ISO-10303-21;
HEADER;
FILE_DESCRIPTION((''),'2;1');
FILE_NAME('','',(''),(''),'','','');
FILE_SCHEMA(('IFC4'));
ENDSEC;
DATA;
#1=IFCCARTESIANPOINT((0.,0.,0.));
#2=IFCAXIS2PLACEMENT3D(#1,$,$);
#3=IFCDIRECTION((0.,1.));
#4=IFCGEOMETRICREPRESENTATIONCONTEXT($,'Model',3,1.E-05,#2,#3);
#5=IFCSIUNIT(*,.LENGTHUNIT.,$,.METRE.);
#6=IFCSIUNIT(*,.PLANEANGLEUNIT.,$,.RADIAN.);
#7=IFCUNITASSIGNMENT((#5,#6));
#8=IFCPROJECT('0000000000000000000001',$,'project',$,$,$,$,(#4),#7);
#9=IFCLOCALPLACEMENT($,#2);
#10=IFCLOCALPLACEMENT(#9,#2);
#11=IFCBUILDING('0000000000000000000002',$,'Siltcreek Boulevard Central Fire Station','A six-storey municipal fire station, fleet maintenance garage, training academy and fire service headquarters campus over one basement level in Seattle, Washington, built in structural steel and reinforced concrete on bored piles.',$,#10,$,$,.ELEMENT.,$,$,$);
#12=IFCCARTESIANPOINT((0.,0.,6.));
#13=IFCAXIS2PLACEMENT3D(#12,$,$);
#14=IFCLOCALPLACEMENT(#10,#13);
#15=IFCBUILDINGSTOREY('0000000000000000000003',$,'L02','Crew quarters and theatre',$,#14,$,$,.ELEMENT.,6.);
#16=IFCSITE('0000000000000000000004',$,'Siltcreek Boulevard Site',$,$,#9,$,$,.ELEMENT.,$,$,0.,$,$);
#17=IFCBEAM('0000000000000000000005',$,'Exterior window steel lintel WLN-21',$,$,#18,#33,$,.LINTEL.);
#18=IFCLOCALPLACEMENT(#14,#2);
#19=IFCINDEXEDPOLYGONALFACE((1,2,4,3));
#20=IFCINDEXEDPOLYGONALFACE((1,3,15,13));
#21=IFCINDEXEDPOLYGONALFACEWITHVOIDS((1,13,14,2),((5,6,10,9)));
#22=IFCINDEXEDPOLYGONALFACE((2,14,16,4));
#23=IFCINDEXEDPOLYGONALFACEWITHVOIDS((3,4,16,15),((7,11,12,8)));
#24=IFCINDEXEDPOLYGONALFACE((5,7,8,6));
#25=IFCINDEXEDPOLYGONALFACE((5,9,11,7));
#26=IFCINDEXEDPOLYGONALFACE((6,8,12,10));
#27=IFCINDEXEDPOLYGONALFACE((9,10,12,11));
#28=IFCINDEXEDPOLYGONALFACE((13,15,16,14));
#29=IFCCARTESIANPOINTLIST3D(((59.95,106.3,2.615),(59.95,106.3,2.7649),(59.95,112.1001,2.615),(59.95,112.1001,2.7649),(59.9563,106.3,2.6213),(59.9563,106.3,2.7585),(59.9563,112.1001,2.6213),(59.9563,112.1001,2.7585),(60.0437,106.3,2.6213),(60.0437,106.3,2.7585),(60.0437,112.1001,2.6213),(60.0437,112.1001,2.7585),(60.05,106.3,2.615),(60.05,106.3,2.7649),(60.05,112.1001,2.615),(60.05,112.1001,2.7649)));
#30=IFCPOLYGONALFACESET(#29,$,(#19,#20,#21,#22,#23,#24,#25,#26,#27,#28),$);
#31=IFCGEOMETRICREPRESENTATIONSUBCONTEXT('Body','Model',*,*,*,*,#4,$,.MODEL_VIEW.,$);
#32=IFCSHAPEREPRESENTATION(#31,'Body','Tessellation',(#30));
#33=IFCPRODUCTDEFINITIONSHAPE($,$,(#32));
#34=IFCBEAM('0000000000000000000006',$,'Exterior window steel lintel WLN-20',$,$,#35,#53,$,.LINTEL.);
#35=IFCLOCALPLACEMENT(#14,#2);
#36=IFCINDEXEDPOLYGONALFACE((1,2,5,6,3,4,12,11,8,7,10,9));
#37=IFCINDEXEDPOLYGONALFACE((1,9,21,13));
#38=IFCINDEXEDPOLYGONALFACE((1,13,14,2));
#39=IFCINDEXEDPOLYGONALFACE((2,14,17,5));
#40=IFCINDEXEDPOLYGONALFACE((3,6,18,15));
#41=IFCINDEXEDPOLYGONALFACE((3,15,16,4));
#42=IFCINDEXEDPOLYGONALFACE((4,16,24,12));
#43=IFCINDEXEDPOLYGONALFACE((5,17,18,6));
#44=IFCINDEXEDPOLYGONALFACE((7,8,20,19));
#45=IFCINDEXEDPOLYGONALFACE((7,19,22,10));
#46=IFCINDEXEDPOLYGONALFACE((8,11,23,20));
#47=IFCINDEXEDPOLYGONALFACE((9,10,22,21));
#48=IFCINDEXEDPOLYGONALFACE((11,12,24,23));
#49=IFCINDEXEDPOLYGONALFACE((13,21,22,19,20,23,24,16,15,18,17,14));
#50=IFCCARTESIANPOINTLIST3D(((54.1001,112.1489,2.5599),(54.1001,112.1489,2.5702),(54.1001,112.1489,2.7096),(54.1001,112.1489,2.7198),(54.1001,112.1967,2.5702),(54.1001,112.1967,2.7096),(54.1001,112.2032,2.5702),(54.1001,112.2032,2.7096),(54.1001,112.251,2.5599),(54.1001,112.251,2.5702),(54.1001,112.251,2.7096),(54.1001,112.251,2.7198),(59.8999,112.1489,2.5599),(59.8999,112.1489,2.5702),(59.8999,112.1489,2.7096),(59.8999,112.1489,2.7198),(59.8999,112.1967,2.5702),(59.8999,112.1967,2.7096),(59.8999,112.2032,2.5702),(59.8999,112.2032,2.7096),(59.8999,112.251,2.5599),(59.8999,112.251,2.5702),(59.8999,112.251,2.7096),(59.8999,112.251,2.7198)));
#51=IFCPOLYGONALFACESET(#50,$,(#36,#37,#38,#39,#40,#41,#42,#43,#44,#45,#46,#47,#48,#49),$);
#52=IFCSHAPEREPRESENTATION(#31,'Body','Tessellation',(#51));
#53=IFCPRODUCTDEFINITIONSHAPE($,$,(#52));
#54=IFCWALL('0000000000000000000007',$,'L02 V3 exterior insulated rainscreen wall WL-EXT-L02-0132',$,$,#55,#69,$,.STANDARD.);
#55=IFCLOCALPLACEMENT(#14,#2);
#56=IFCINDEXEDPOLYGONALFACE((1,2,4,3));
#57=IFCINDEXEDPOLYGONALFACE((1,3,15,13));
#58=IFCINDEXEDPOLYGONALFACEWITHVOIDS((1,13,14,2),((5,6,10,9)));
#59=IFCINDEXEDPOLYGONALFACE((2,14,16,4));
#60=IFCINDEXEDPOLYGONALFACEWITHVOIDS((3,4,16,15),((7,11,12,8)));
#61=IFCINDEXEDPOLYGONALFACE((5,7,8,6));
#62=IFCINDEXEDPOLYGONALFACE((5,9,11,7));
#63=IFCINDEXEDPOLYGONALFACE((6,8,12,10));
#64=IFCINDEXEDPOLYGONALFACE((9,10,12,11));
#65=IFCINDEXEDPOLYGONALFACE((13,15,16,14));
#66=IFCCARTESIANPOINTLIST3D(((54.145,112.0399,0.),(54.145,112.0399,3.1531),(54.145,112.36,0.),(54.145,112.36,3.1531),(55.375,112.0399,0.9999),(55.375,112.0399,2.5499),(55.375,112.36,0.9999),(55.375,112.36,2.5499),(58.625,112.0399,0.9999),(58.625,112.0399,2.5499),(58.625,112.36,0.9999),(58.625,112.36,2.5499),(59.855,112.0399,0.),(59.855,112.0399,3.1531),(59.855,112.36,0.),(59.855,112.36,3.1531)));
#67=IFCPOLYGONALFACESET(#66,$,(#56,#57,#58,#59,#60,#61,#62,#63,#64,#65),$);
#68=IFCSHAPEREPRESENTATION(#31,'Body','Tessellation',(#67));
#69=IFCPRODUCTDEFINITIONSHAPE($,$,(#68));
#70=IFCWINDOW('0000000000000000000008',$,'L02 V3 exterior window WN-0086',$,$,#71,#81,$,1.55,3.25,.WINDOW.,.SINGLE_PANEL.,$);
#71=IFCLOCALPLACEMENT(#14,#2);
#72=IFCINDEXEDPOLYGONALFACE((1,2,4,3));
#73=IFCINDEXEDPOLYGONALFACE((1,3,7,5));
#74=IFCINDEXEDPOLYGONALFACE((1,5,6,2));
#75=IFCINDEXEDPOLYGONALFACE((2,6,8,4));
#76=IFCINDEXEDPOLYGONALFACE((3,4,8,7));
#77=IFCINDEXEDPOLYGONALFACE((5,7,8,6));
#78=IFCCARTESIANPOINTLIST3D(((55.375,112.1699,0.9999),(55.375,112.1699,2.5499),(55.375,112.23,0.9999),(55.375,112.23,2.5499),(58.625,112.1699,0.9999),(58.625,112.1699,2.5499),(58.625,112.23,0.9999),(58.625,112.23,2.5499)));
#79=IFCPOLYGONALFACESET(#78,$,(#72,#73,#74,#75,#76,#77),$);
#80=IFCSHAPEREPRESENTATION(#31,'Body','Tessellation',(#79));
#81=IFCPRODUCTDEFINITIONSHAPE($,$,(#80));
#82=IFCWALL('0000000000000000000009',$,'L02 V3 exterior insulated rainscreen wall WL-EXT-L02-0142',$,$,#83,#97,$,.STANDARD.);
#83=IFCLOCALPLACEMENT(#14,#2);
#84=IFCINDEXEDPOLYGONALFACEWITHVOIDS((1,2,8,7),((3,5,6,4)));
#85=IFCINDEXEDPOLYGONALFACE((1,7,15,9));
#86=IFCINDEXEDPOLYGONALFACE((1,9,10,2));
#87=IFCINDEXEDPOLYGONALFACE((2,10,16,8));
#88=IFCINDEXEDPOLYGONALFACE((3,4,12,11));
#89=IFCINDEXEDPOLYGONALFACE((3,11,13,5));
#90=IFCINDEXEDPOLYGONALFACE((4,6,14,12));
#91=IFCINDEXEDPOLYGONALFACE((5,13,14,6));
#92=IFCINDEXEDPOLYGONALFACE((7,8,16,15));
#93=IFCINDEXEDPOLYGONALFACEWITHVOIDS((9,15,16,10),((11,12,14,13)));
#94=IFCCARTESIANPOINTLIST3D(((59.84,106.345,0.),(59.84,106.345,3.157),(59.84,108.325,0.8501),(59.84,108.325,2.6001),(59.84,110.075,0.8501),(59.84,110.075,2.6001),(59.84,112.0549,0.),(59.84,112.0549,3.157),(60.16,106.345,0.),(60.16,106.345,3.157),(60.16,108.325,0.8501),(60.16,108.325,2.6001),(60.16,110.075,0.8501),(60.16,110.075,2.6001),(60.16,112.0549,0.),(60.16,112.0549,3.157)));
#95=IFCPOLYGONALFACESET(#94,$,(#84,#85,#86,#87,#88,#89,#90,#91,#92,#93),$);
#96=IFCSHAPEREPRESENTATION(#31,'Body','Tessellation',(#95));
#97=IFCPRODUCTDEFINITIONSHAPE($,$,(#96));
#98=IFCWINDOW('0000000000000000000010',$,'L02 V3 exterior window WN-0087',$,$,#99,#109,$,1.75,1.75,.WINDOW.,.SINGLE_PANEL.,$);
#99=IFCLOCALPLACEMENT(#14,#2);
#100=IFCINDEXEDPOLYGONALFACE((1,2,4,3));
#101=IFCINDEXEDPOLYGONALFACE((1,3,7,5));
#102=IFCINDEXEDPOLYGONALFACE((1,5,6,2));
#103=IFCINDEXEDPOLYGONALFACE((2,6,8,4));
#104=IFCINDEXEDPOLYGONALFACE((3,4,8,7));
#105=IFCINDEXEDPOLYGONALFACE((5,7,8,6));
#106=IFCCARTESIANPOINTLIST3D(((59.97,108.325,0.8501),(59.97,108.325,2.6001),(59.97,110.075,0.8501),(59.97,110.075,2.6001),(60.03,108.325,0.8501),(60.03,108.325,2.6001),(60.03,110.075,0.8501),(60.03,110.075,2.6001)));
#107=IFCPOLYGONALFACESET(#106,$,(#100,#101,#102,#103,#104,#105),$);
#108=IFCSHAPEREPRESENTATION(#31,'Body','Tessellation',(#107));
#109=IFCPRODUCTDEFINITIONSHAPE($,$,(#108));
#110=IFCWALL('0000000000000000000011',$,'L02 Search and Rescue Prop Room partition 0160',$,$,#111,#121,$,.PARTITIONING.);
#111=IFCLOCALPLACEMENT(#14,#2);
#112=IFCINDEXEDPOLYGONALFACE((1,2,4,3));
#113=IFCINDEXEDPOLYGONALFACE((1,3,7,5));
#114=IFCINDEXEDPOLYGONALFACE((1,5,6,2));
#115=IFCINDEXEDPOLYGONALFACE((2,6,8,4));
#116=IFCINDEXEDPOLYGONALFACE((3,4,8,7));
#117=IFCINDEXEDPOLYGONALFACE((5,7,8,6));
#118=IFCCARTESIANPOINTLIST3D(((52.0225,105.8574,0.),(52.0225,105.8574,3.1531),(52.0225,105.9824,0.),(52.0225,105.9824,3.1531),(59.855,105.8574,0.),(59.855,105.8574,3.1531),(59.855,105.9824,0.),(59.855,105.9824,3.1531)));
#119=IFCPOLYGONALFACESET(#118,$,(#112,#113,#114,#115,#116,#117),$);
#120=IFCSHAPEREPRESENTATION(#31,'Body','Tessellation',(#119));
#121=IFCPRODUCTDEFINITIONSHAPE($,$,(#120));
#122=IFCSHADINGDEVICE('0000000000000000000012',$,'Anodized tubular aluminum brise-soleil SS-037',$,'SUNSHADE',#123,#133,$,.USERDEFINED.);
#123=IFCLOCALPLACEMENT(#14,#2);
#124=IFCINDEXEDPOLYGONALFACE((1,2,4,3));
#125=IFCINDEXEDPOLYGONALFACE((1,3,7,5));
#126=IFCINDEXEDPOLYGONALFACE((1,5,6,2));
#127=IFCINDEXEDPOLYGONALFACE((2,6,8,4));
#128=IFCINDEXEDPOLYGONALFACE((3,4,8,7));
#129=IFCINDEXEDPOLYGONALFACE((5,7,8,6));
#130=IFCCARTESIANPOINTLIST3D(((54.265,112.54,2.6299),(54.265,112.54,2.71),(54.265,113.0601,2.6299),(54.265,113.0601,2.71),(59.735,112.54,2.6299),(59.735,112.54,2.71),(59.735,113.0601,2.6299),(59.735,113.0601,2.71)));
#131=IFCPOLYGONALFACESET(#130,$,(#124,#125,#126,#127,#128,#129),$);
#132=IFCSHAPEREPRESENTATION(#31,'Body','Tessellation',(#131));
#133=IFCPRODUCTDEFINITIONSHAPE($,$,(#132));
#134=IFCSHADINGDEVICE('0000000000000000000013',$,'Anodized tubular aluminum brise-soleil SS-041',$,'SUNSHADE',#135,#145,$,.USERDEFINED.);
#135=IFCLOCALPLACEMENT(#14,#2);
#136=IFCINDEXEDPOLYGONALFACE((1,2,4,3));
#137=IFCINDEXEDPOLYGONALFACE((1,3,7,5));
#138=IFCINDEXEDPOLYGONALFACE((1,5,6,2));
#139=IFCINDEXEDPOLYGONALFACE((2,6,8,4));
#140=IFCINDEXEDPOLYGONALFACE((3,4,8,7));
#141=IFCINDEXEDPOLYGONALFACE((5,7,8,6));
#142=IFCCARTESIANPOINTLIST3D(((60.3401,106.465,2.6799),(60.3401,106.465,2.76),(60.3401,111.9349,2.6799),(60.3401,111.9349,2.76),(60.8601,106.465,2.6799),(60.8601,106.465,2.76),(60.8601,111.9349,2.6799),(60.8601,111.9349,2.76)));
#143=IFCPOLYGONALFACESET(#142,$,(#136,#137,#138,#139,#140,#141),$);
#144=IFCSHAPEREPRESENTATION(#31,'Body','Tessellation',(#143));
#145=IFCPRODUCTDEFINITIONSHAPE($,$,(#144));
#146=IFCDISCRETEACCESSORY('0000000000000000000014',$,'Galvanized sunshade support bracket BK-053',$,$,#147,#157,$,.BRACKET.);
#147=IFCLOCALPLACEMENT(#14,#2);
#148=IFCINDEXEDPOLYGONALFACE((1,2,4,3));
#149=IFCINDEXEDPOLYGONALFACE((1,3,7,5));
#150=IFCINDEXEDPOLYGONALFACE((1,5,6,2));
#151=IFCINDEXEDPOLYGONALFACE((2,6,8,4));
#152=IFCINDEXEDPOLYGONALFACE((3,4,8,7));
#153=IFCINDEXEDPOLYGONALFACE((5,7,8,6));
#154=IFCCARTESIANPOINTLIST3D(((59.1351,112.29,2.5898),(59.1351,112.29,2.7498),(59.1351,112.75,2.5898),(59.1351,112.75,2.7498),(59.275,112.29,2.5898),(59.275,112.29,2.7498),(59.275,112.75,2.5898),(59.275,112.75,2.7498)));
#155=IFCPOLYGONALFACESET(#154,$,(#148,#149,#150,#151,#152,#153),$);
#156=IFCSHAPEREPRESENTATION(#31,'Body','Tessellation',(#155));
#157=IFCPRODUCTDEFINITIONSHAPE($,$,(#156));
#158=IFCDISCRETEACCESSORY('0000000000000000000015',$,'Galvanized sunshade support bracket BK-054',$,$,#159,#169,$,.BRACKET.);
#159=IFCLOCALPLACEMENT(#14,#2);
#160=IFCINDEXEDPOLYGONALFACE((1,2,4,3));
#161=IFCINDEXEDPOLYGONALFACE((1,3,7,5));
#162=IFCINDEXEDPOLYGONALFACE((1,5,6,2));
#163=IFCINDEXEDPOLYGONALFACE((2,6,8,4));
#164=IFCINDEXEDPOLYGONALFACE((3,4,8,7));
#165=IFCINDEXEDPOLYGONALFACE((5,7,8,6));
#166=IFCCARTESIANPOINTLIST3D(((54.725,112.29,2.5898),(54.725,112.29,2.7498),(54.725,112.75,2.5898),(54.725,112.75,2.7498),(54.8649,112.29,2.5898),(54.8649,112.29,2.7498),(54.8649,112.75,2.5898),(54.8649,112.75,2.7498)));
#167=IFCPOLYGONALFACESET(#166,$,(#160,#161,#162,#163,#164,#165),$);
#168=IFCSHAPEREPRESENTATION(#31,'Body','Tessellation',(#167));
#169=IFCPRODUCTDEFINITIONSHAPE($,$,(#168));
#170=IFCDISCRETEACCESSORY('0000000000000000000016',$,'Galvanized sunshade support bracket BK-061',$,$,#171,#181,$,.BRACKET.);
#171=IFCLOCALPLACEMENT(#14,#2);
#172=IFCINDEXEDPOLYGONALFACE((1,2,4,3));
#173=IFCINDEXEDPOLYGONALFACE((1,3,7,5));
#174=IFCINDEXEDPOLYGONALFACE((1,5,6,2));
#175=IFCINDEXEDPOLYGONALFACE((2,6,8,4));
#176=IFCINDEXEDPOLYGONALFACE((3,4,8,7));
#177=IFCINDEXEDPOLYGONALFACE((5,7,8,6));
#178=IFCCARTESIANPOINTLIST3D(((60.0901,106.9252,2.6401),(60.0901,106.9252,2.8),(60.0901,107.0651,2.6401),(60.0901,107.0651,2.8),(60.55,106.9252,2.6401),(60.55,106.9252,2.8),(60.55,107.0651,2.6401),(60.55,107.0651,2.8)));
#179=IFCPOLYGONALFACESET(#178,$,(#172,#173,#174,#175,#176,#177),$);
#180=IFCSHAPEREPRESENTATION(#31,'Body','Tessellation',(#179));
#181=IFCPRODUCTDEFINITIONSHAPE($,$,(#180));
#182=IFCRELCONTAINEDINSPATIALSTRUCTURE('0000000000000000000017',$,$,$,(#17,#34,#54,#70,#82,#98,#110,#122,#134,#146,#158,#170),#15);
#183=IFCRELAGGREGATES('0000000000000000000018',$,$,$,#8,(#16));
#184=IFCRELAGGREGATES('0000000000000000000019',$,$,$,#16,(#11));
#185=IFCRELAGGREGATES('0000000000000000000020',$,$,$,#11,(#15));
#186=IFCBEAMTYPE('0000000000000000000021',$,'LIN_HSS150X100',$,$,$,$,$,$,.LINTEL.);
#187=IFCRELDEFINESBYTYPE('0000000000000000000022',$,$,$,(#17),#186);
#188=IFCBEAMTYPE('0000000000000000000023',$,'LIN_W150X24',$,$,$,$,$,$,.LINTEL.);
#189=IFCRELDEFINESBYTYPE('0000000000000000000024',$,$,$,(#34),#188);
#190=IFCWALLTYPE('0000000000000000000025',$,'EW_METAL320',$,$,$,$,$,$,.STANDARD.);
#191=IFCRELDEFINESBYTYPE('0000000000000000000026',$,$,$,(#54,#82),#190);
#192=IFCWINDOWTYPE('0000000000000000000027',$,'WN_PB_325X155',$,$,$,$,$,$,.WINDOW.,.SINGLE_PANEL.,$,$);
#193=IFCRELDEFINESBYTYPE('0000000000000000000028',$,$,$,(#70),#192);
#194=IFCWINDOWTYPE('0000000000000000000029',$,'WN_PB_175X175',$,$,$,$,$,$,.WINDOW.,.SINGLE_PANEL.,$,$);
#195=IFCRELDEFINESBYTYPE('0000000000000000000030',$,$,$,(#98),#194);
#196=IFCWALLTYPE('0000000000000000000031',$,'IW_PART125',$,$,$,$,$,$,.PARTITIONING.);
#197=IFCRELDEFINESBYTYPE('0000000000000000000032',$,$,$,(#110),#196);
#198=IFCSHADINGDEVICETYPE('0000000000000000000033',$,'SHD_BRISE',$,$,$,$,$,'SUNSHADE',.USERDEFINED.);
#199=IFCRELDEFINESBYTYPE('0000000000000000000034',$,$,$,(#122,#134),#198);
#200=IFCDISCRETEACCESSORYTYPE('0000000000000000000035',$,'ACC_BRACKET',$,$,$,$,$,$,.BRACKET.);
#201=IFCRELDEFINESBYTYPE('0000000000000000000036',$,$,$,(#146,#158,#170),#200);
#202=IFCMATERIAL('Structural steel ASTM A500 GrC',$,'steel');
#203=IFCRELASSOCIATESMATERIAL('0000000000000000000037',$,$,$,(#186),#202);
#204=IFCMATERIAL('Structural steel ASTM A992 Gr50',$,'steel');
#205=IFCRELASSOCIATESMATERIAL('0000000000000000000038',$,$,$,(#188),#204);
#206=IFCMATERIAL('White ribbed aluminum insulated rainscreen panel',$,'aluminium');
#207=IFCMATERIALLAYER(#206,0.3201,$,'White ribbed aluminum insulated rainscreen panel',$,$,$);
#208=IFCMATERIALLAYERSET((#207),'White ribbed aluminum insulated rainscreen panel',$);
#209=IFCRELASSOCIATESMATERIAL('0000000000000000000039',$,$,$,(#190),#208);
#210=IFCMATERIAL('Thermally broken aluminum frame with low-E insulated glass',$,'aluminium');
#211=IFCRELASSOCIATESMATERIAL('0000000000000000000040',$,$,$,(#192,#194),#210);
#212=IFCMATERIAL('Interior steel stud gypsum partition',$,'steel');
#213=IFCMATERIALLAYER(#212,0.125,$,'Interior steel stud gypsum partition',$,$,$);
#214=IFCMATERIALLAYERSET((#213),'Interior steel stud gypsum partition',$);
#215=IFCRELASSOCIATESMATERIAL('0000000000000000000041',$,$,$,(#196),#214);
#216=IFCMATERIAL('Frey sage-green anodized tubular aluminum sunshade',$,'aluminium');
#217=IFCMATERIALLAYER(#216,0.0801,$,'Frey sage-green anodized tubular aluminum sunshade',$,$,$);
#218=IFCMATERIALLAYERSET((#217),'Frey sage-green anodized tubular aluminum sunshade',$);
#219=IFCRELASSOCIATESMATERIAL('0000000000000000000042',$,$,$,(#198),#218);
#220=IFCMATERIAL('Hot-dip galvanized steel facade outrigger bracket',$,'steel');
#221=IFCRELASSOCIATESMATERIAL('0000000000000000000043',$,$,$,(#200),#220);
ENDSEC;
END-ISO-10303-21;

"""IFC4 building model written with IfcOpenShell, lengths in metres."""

from ifc_helpers import new_model, si_unit, direction, frame, frame_2d, origin, origin_2d, place, context, subcontext, project, spatial, rectangle, hollow_rectangle, i_section, extrude, material, layer, layer_set, material_profile, profile_set, type_object, element, fill, save


model = new_model("IFC4")

# Units and contexts
model_context = context("Model", 3, precision=1e-05, world=origin(), true_north=direction((0.0, 1.0)))
body_context = subcontext(model_context, "Body", "Model", "MODEL_VIEW")
ifc_project = project(units=[si_unit("LENGTHUNIT", "METRE"), si_unit("PLANEANGLEUNIT", "RADIAN")], contexts=[model_context])

# Site, building, storey
site_placement = place(None, origin())
site = spatial("IfcSite", under=ifc_project, at=site_placement, Name="Siltcreek Boulevard Site", CompositionType="ELEMENT", RefElevation=0.0)
building_placement = place(site_placement, origin())
building = spatial("IfcBuilding", under=site, at=building_placement, Name="Siltcreek Boulevard Central Fire Station", Description="A six-storey municipal fire station, fleet maintenance garage, training academy and fire service headquarters campus over one basement level in Seattle, Washington, built in structural steel and reinforced concrete on bored piles.", CompositionType="ELEMENT")
storey_placement = place(building_placement, frame((0.0, 0.0, 6.0)))
storey = spatial("IfcBuildingStorey", under=building, at=storey_placement, Name="L02", Description="Crew quarters and theatre", CompositionType="ELEMENT", Elevation=6.0)

# Shared definitions
ifc_material_1 = material(Name="Structural steel ASTM A992 Gr50", Category="steel")

# Beams
ifc_material_2 = material(Name="Structural steel ASTM A500 GrC", Category="steel")
ifc_material_profile_1 = material_profile(ifc_material_2, hollow_rectangle(XDim=0.1001, YDim=0.1499, WallThickness=0.0063, at=origin_2d()), Name="HSS150X100X6.4")
ifc_profile_set_1 = profile_set([ifc_material_profile_1], Name="Structural steel ASTM A500 GrC")
beam_type_1 = type_object("IfcBeamType", Name="LIN_HSS150X100", PredefinedType="LINTEL", material=ifc_profile_set_1)
beam_1_placement = place(storey_placement, frame((60.0, 106.3, 2.6899), z_axis=(0.0, 1.0, 0.0), x_axis=(-1.0, 0.0, 0.0)))
element("IfcBeam", 1, at=beam_1_placement, inside=storey, type_object=beam_type_1, Name="Exterior window steel lintel WLN-21", PredefinedType="LINTEL", context=body_context, shape_type="SweptSolid", body=[
    extrude(hollow_rectangle(XDim=0.1001, YDim=0.1499, WallThickness=0.0063, at=origin_2d()), origin(), (0.0, 0.0, 1.0), 5.8),
])
ifc_material_profile_2 = material_profile(ifc_material_1, i_section(OverallWidth=0.1021, OverallDepth=0.1599, WebThickness=0.0066, FlangeThickness=0.0103, at=origin_2d()), Name="W150X24")
ifc_profile_set_2 = profile_set([ifc_material_profile_2], Name="Structural steel ASTM A992 Gr50")
beam_type_2 = type_object("IfcBeamType", Name="LIN_W150X24", PredefinedType="LINTEL", material=ifc_profile_set_2)
beam_2_placement = place(storey_placement, frame((59.8999, 112.2, 2.6399), z_axis=(-1.0, 0.0, 0.0), x_axis=(0.0, -1.0, 0.0)))
element("IfcBeam", 2, at=beam_2_placement, inside=storey, type_object=beam_type_2, Name="Exterior window steel lintel WLN-20", PredefinedType="LINTEL", context=body_context, shape_type="SweptSolid", body=[
    extrude(i_section(OverallWidth=0.1021, OverallDepth=0.1599, WebThickness=0.0066, FlangeThickness=0.0103, at=origin_2d()), origin(), (0.0, 0.0, 1.0), 5.7998),
])

# Walls, openings, windows
ifc_material_3 = material(Name="White ribbed aluminum insulated rainscreen panel", Category="aluminium")
ifc_layer_1 = layer(ifc_material_3, 0.3201, Name="White ribbed aluminum insulated rainscreen panel")
ifc_layer_set_1 = layer_set([ifc_layer_1], Name="White ribbed aluminum insulated rainscreen panel")
wall_type_1 = type_object("IfcWallType", Name="EW_METAL320", PredefinedType="STANDARD", material=ifc_layer_set_1)
wall_1_placement = place(storey_placement, frame((59.855, 112.2, 0.0), z_axis=(0.0, 0.0, 1.0), x_axis=(-1.0, 0.0, 0.0)))
wall_1 = element("IfcWall", 3, at=wall_1_placement, inside=storey, type_object=wall_type_1, Name="L02 V3 exterior insulated rainscreen wall WL-EXT-L02-0132", PredefinedType="STANDARD", context=body_context, shape_type="SweptSolid", body=[
    extrude(rectangle(XDim=5.71, YDim=0.3201, at=frame_2d((2.855, 0.0))), origin(), (0.0, 0.0, 1.0), 3.1531),
])
opening_1_placement = place(wall_1_placement, frame((1.23, 0.0, 1.0)))
opening_1 = element("IfcOpeningElement", 4, at=opening_1_placement, cuts=wall_1, PredefinedType="OPENING", context=body_context, shape_type="SweptSolid", body=[
    extrude(rectangle(XDim=3.25, YDim=1.55, at=frame_2d((1.625, 0.7749))), frame((0.0, 0.1699, 0.0), z_axis=(0.0, -1.0, 0.0), x_axis=(1.0, 0.0, 0.0)), (0.0, 0.0, 1.0), 0.3401),
])
ifc_material_4 = material(Name="Thermally broken aluminum frame with low-E insulated glass", Category="aluminium")
window_type_1 = type_object("IfcWindowType", Name="WN_PB_325X155", PartitioningType="SINGLE_PANEL", PredefinedType="WINDOW", material=ifc_material_4)
window_1_placement = place(opening_1_placement, origin())
window_1 = element("IfcWindow", 5, at=window_1_placement, inside=storey, type_object=window_type_1, Name="L02 V3 exterior window WN-0086", OverallHeight=1.55, OverallWidth=3.25, PartitioningType="SINGLE_PANEL", PredefinedType="WINDOW", context=body_context, shape_type="SweptSolid", body=[
    extrude(rectangle(XDim=3.25, YDim=1.55, at=frame_2d((1.625, 0.7749))), frame((0.0, 0.03, 0.0), z_axis=(0.0, -1.0, 0.0), x_axis=(1.0, 0.0, 0.0)), (0.0, 0.0, 1.0), 0.0601),
])
fill(opening_1, window_1)
wall_2_placement = place(storey_placement, frame((60.0, 106.345, 0.0), z_axis=(0.0, 0.0, 1.0), x_axis=(0.0, 1.0, 0.0)))
wall_2 = element("IfcWall", 6, at=wall_2_placement, inside=storey, type_object=wall_type_1, Name="L02 V3 exterior insulated rainscreen wall WL-EXT-L02-0142", PredefinedType="STANDARD", context=body_context, shape_type="SweptSolid", body=[
    extrude(rectangle(XDim=5.71, YDim=0.3201, at=frame_2d((2.855, 0.0))), origin(), (0.0, 0.0, 1.0), 3.157),
])
opening_2_placement = place(wall_2_placement, frame((1.98, 0.0, 0.8501)))
opening_2 = element("IfcOpeningElement", 7, at=opening_2_placement, cuts=wall_2, PredefinedType="OPENING", context=body_context, shape_type="SweptSolid", body=[
    extrude(rectangle(XDim=1.75, YDim=1.75, at=frame_2d((0.875, 0.875))), frame((0.0, 0.1699, 0.0), z_axis=(0.0, -1.0, 0.0), x_axis=(1.0, 0.0, 0.0)), (0.0, 0.0, 1.0), 0.3401),
])
window_type_2 = type_object("IfcWindowType", Name="WN_PB_175X175", PartitioningType="SINGLE_PANEL", PredefinedType="WINDOW", material=ifc_material_4)
window_2_placement = place(opening_2_placement, origin())
window_2 = element("IfcWindow", 8, at=window_2_placement, inside=storey, type_object=window_type_2, Name="L02 V3 exterior window WN-0087", OverallHeight=1.75, OverallWidth=1.75, PartitioningType="SINGLE_PANEL", PredefinedType="WINDOW", context=body_context, shape_type="SweptSolid", body=[
    extrude(rectangle(XDim=1.75, YDim=1.75, at=frame_2d((0.875, 0.875))), frame((0.0, 0.03, 0.0), z_axis=(0.0, -1.0, 0.0), x_axis=(1.0, 0.0, 0.0)), (0.0, 0.0, 1.0), 0.0601),
])
fill(opening_2, window_2)

# Wall
ifc_material_5 = material(Name="Interior steel stud gypsum partition", Category="steel")
ifc_layer_2 = layer(ifc_material_5, 0.125, Name="Interior steel stud gypsum partition")
ifc_layer_set_2 = layer_set([ifc_layer_2], Name="Interior steel stud gypsum partition")
wall_type_2 = type_object("IfcWallType", Name="IW_PART125", PredefinedType="PARTITIONING", material=ifc_layer_set_2)
wall_3_placement = place(storey_placement, frame((59.855, 105.9199, 0.0), z_axis=(0.0, 0.0, 1.0), x_axis=(-1.0, 0.0, 0.0)))
element("IfcWall", 9, at=wall_3_placement, inside=storey, type_object=wall_type_2, Name="L02 Search and Rescue Prop Room partition 0160", PredefinedType="PARTITIONING", context=body_context, shape_type="SweptSolid", body=[
    extrude(rectangle(XDim=7.8325, YDim=0.125, at=frame_2d((3.9163, 0.0))), origin(), (0.0, 0.0, 1.0), 3.1531),
])

# Shading devices
ifc_material_6 = material(Name="Frey sage-green anodized tubular aluminum sunshade", Category="aluminium")
ifc_layer_3 = layer(ifc_material_6, 0.0801, Name="Frey sage-green anodized tubular aluminum sunshade")
ifc_layer_set_3 = layer_set([ifc_layer_3], Name="Frey sage-green anodized tubular aluminum sunshade")
shading_device_type = type_object("IfcShadingDeviceType", Name="SHD_BRISE", ElementType="SUNSHADE", PredefinedType="USERDEFINED", material=ifc_layer_set_3)
for number, where, z_axis, x_axis, name in (
    (10, (57.0, 112.8, 2.6299), (0.0, 0.0, 1.0), (-1.0, 0.0, 0.0), "Anodized tubular aluminum brise-soleil SS-037"),
    (11, (60.6001, 109.2, 2.6799), (0.0, 0.0, 1.0), (0.0, 1.0, 0.0), "Anodized tubular aluminum brise-soleil SS-041"),
):
    element("IfcShadingDevice", number, at=place(storey_placement, frame(where, z_axis=z_axis, x_axis=x_axis)), inside=storey, type_object=shading_device_type, Name=name, ObjectType="SUNSHADE", PredefinedType="USERDEFINED", context=body_context, shape_type="SweptSolid", body=[
        extrude(rectangle(XDim=5.47, YDim=0.52, at=origin_2d()), origin(), (0.0, 0.0, 1.0), 0.0801),
    ])

# Discrete accessories
ifc_material_7 = material(Name="Hot-dip galvanized steel facade outrigger bracket", Category="steel")
discrete_accessory_type = type_object("IfcDiscreteAccessoryType", Name="ACC_BRACKET", PredefinedType="BRACKET", material=ifc_material_7)
for number, where, z_axis, x_axis, name in (
    (12, (59.2051, 112.52, 2.5898), (0.0, 0.0, 1.0), (-1.0, 0.0, 0.0), "Galvanized sunshade support bracket BK-053"),
    (13, (54.7949, 112.52, 2.5898), (0.0, 0.0, 1.0), (-1.0, 0.0, 0.0), "Galvanized sunshade support bracket BK-054"),
    (14, (60.3201, 106.9951, 2.6401), (0.0, 0.0, 1.0), (0.0, 1.0, 0.0), "Galvanized sunshade support bracket BK-061"),
):
    element("IfcDiscreteAccessory", number, at=place(storey_placement, frame(where, z_axis=z_axis, x_axis=x_axis)), inside=storey, type_object=discrete_accessory_type, Name=name, PredefinedType="BRACKET", context=body_context, shape_type="SweptSolid", body=[
        extrude(rectangle(XDim=0.1399, YDim=0.46, at=origin_2d()), origin(), (0.0, 0.0, 1.0), 0.1599),
    ])

save(model, "model.ifc")
